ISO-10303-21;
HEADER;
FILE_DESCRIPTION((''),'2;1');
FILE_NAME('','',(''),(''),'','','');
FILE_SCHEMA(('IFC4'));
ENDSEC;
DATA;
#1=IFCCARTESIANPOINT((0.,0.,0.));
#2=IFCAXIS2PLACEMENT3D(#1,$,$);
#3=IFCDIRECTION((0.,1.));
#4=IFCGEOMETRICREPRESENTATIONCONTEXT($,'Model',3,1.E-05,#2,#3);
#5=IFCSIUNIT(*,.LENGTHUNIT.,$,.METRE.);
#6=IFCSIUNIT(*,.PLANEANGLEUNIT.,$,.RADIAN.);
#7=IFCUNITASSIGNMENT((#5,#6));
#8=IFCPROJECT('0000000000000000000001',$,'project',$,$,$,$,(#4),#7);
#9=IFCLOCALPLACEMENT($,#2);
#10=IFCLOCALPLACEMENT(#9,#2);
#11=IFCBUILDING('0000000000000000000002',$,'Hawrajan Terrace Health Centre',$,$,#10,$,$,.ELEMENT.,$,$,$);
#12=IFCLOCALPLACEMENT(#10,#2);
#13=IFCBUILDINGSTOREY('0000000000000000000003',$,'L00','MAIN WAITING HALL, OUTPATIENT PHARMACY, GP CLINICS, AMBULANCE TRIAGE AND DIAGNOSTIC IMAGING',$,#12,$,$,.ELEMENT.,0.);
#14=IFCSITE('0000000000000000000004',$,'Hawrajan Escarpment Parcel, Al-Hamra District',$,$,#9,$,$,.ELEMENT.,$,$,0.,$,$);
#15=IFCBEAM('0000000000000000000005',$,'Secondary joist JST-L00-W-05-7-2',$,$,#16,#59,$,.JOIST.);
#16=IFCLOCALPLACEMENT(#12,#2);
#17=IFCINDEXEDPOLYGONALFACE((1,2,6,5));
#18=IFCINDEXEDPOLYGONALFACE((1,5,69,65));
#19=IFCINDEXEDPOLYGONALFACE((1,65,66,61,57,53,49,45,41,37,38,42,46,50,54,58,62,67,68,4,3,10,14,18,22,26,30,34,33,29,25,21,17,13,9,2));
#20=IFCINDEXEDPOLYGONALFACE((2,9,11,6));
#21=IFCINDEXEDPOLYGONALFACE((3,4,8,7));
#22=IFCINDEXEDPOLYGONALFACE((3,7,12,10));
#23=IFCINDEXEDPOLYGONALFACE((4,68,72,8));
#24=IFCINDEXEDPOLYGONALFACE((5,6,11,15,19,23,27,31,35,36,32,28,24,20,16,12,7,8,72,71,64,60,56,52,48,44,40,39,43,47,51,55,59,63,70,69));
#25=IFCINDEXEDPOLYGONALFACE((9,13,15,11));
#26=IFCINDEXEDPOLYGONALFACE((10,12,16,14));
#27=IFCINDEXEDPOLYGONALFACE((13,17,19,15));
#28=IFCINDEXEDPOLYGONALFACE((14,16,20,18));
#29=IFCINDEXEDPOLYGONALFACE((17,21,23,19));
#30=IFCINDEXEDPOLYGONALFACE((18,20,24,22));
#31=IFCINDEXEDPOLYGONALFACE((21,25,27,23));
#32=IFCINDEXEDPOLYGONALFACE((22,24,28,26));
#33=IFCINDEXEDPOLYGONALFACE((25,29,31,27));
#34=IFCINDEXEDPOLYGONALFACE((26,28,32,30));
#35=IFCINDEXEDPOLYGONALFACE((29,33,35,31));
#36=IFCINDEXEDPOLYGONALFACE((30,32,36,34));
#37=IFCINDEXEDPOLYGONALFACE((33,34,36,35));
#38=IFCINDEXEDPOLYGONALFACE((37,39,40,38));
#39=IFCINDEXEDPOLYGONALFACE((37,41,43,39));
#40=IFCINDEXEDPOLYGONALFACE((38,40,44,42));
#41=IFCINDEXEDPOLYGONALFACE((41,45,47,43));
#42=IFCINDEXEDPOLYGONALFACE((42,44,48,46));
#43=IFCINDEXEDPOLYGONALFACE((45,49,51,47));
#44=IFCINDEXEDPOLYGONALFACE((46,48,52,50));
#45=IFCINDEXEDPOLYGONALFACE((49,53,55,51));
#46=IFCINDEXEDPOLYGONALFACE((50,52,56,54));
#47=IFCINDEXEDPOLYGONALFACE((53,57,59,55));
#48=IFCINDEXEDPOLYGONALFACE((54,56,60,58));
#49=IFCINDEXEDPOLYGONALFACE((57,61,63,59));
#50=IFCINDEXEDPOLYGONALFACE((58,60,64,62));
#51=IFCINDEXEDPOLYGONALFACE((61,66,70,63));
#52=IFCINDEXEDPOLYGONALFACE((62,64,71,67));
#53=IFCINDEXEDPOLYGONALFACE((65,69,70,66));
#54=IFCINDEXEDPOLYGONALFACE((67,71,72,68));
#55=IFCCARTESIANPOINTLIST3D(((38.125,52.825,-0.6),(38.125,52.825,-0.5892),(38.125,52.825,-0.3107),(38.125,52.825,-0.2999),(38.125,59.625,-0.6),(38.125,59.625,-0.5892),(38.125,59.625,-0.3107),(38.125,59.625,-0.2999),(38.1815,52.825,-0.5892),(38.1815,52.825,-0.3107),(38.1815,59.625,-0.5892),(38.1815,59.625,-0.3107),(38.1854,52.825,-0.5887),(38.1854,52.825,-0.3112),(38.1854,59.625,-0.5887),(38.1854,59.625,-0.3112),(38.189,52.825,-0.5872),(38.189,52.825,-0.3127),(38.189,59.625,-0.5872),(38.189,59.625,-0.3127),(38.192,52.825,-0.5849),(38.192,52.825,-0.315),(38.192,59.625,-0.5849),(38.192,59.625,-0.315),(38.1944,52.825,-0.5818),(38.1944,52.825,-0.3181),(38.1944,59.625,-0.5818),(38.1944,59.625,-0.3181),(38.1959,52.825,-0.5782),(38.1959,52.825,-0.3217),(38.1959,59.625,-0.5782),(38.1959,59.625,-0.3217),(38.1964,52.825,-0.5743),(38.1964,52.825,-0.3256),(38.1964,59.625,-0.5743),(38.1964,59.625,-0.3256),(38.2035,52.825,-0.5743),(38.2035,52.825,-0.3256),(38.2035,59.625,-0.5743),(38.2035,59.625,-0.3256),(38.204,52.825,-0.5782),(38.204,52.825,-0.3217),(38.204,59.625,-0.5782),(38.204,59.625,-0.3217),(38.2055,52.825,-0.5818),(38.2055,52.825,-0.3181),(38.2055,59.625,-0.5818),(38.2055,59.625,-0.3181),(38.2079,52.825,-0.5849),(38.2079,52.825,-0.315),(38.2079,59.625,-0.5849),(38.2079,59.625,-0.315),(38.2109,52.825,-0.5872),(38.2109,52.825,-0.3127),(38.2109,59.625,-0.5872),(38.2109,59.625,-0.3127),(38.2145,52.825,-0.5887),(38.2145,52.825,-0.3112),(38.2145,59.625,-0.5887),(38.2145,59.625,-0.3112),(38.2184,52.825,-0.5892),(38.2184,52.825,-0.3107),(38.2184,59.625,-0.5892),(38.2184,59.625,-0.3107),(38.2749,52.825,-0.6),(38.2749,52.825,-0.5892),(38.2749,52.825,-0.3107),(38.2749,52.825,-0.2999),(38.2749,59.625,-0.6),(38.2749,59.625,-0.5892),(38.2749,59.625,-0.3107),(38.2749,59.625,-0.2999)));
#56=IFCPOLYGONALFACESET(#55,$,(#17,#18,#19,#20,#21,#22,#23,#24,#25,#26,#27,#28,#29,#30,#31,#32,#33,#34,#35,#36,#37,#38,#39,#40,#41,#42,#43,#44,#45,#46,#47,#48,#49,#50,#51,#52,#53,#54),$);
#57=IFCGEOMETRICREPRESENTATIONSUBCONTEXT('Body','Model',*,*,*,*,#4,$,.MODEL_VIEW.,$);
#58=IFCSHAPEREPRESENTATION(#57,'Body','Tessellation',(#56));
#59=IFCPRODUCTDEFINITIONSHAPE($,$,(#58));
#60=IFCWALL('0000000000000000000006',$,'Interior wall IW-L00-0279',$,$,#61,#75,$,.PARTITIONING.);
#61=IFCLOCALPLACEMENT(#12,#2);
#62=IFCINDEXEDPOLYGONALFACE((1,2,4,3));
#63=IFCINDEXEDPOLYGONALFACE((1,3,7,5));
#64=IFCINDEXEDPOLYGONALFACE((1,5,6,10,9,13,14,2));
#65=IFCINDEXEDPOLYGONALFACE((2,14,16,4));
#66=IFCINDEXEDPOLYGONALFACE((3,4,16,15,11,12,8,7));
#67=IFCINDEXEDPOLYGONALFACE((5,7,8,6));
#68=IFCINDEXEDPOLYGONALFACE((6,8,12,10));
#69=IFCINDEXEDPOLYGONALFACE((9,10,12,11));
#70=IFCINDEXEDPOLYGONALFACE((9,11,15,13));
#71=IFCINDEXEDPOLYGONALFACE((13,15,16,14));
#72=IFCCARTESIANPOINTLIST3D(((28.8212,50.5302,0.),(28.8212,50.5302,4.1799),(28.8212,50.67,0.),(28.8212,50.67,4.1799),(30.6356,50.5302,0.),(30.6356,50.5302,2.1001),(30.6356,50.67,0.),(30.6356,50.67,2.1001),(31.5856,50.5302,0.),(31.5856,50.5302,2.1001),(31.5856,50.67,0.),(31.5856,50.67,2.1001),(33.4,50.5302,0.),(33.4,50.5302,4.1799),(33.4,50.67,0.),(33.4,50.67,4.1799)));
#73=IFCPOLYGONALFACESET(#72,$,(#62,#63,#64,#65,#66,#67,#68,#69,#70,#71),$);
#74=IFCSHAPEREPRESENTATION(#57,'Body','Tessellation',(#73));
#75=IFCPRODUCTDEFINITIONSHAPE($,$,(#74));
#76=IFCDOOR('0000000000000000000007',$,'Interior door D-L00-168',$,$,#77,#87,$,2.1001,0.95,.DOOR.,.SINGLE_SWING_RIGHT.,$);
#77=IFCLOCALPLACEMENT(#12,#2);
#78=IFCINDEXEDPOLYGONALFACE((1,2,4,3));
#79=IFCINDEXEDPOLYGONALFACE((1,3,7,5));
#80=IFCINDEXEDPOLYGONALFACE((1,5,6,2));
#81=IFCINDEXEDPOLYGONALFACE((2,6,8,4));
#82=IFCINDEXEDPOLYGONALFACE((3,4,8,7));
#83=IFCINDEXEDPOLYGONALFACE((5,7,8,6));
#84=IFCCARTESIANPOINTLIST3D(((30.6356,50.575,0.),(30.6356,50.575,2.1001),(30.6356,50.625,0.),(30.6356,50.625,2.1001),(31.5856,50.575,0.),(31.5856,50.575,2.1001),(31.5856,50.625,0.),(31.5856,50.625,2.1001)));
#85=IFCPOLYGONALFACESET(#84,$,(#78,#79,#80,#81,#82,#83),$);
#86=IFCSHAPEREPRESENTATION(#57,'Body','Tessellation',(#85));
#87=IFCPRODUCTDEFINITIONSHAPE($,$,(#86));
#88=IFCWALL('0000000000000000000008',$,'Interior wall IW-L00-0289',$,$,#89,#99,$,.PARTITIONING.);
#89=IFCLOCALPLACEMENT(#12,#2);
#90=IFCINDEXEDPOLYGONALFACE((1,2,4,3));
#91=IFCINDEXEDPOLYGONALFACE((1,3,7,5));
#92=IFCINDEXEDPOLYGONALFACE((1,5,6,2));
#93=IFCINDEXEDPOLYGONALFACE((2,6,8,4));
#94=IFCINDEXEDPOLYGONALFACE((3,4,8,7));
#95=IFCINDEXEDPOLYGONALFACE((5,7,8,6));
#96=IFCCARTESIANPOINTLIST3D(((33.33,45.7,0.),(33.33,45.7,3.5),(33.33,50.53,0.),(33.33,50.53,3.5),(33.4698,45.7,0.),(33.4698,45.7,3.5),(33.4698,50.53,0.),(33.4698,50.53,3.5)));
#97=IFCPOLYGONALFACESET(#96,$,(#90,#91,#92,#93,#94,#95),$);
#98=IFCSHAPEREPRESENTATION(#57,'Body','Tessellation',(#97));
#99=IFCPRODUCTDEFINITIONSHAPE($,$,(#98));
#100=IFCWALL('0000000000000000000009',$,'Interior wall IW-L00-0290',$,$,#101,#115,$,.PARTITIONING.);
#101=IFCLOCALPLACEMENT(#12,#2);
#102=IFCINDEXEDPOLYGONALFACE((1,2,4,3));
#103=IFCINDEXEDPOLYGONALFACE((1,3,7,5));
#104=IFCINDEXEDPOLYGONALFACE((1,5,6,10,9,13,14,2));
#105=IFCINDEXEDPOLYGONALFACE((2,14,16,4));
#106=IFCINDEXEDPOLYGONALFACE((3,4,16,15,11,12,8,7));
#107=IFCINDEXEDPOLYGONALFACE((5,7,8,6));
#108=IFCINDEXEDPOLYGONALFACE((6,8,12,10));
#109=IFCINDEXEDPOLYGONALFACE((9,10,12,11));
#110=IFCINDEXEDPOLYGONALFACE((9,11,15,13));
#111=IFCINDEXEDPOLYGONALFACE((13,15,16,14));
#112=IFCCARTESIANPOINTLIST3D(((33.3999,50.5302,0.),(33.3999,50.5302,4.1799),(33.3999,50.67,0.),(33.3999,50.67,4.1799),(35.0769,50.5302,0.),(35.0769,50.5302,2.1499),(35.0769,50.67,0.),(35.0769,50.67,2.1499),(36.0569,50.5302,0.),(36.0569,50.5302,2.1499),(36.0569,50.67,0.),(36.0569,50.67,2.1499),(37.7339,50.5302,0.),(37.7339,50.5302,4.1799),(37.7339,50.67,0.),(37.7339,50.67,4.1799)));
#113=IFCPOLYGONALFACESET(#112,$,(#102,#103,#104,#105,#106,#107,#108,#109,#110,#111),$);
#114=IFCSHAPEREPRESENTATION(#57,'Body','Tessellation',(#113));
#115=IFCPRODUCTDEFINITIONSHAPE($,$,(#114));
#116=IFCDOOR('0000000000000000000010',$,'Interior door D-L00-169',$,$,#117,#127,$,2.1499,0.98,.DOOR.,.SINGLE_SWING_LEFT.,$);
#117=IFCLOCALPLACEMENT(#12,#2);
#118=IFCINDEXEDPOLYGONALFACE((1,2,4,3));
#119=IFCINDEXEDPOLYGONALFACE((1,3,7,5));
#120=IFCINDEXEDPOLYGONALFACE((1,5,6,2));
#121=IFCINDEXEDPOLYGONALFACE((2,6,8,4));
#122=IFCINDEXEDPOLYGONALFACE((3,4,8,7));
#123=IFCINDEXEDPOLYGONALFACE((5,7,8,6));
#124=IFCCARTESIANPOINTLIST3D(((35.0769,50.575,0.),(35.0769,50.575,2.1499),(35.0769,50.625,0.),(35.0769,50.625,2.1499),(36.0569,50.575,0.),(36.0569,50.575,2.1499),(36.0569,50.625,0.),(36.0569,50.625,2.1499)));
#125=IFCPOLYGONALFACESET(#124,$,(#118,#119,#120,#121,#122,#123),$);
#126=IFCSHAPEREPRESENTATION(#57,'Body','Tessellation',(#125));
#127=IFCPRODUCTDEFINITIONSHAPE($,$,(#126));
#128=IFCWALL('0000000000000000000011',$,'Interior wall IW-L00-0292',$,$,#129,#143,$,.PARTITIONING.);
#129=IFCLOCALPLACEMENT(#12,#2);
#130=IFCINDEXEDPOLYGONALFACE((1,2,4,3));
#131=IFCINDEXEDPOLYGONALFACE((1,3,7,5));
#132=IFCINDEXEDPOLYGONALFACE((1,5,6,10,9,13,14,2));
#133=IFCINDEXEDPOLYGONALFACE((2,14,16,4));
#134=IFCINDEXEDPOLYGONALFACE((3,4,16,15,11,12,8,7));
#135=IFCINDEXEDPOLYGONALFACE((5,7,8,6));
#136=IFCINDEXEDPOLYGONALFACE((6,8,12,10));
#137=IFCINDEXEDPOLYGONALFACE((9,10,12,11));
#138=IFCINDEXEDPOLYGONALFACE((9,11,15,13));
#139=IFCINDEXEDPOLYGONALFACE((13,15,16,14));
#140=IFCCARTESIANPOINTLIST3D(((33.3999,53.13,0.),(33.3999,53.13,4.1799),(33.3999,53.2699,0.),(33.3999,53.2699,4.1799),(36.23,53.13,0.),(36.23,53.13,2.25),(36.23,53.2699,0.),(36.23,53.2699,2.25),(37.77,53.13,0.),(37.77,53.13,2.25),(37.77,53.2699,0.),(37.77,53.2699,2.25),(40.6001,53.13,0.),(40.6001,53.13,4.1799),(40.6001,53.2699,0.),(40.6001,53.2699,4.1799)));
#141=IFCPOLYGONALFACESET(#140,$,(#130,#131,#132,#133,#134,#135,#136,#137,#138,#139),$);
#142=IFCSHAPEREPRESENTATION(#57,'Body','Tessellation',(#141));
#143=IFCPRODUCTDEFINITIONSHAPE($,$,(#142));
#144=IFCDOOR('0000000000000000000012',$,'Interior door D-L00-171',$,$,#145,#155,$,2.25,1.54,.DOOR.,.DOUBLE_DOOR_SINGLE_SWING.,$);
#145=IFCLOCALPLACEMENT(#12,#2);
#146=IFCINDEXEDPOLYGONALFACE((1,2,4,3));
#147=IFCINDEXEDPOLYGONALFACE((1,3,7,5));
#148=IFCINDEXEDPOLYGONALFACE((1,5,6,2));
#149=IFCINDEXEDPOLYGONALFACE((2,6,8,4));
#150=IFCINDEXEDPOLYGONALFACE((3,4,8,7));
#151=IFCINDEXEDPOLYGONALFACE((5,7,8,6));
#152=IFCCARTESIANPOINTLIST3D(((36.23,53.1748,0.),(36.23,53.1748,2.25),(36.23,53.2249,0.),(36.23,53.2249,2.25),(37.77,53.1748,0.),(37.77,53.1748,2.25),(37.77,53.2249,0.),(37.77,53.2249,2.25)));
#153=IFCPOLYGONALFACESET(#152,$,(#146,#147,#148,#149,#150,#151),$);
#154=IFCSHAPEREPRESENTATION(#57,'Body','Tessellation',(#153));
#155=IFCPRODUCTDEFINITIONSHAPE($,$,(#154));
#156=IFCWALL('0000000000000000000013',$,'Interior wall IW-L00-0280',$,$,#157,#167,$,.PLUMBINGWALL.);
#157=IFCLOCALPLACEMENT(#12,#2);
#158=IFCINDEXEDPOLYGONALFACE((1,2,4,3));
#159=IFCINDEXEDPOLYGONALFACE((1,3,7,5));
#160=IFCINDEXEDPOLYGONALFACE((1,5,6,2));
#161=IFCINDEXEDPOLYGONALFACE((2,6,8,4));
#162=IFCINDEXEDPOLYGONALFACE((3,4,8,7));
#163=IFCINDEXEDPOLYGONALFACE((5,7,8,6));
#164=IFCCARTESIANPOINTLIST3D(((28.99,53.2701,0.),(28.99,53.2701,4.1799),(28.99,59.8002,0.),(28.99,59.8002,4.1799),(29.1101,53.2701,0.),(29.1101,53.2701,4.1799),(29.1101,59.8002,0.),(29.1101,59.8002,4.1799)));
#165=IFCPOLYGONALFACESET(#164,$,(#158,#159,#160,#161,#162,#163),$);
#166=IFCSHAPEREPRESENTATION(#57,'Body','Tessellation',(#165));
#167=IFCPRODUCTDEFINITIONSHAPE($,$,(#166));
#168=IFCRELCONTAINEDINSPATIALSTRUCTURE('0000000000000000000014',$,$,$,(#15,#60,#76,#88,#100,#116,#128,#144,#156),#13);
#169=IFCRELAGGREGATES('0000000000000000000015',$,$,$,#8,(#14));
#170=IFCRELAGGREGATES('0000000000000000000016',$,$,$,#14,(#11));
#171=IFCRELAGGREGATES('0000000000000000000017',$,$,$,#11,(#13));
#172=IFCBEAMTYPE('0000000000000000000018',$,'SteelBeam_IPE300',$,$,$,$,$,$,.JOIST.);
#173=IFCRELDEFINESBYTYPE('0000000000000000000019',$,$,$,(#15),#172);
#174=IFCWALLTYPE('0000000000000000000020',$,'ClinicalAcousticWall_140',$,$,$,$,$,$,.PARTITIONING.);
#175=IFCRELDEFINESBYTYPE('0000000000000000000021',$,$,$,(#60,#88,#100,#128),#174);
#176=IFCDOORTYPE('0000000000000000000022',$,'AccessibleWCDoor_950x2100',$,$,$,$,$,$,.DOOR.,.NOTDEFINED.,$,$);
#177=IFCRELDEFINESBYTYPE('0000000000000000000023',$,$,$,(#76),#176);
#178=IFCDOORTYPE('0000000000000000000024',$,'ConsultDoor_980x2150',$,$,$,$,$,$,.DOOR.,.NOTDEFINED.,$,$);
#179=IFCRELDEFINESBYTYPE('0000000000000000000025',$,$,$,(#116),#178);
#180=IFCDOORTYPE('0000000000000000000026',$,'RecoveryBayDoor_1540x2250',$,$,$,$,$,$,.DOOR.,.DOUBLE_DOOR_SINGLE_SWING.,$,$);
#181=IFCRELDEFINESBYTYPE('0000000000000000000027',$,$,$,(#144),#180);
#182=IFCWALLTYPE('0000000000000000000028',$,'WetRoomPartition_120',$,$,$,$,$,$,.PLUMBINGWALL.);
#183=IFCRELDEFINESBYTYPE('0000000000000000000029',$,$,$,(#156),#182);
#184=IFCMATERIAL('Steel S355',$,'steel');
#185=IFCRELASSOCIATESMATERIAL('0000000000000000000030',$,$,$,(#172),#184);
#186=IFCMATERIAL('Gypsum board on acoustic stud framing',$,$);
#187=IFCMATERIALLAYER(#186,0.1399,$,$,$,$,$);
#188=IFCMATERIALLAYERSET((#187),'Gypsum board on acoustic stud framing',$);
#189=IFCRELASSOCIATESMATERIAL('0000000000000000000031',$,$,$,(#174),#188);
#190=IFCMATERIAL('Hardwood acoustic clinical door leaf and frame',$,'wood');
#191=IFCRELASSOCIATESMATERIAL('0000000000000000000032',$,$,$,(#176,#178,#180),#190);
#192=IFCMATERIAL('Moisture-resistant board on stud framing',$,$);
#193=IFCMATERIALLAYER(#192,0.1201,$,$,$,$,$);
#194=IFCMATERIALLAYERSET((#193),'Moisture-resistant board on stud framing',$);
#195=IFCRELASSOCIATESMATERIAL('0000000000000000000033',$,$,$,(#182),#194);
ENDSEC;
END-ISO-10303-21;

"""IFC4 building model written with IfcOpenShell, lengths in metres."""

from ifc_helpers import new_model, si_unit, direction, frame, frame_2d, origin, origin_2d, place, context, subcontext, project, spatial, rectangle, i_section, extrude, material, layer, layer_set, material_profile, profile_set, type_object, element, fill, save


model = new_model("IFC4")

# Units and contexts
model_context = context("Model", 3, precision=1e-05, world=origin(), true_north=direction((0.0, 1.0)))
body_context = subcontext(model_context, "Body", "Model", "MODEL_VIEW")
ifc_project = project(units=[si_unit("LENGTHUNIT", "METRE"), si_unit("PLANEANGLEUNIT", "RADIAN")], contexts=[model_context])

# Site, building, storey
site_placement = place(None, origin())
site = spatial("IfcSite", under=ifc_project, at=site_placement, Name="Hawrajan Escarpment Parcel, Al-Hamra District", CompositionType="ELEMENT", RefElevation=0.0)
building_placement = place(site_placement, origin())
building = spatial("IfcBuilding", under=site, at=building_placement, Name="Hawrajan Terrace Health Centre", CompositionType="ELEMENT")
storey_placement = place(building_placement, origin())
storey = spatial("IfcBuildingStorey", under=building, at=storey_placement, Name="L00", Description="MAIN WAITING HALL, OUTPATIENT PHARMACY, GP CLINICS, AMBULANCE TRIAGE AND DIAGNOSTIC IMAGING", CompositionType="ELEMENT", Elevation=0.0)

# Beam
ifc_material_1 = material(Name="Steel S355", Category="steel")
ifc_material_profile_1 = material_profile(ifc_material_1, i_section(OverallWidth=0.1499, OverallDepth=0.3, WebThickness=0.0071, FlangeThickness=0.0107, FilletRadius=0.0149, at=origin_2d()), Name="IPE 300")
ifc_profile_set_1 = profile_set([ifc_material_profile_1], Name="Steel S355")
beam_type_1 = type_object("IfcBeamType", Name="SteelBeam_IPE300", PredefinedType="JOIST", material=ifc_profile_set_1)
for number, where, z_axis, x_axis, name in (
    (1, (38.2, 52.825, -0.45), (0.0, 1.0, 0.0), (-1.0, 0.0, 0.0), "Secondary joist JST-L00-W-05-7-2"),
):
    element("IfcBeam", number, at=place(storey_placement, frame(where, z_axis=z_axis, x_axis=x_axis)), inside=storey, type_object=beam_type_1, Name=name, PredefinedType="JOIST", context=body_context, shape_type="SweptSolid", body=[
        extrude(i_section(OverallWidth=0.1499, OverallDepth=0.3, WebThickness=0.0071, FlangeThickness=0.0107, FilletRadius=0.0149, at=origin_2d()), origin(), (0.0, 0.0, 1.0), 6.8),
    ])

# Wall, opening, door
ifc_material_2 = material(Name="Gypsum board on acoustic stud framing")
ifc_layer_1 = layer(ifc_material_2, 0.1399)
ifc_layer_set_1 = layer_set([ifc_layer_1], Name="Gypsum board on acoustic stud framing")
wall_type_1 = type_object("IfcWallType", Name="ClinicalAcousticWall_140", PredefinedType="PARTITIONING", material=ifc_layer_set_1)
wall_1_placement = place(storey_placement, frame((28.821, 50.6001, 0.0), z_axis=(0.0, 0.0, 1.0), x_axis=(1.0, 0.0, 0.0)))
wall_1 = element("IfcWall", 2, at=wall_1_placement, inside=storey, type_object=wall_type_1, Name="Interior wall IW-L00-0279", PredefinedType="PARTITIONING", context=body_context, shape_type="SweptSolid", body=[
    extrude(rectangle(XDim=4.5789, YDim=0.1399, at=frame_2d((2.2896, 0.0))), origin(), (0.0, 0.0, 1.0), 4.1799),
])
opening_1_placement = place(wall_1_placement, frame((1.8145, 0.0, 0.0)))
opening_1 = element("IfcOpeningElement", 3, at=opening_1_placement, cuts=wall_1, PredefinedType="OPENING", context=body_context, shape_type="SweptSolid", body=[
    extrude(rectangle(XDim=0.95, YDim=2.1001, at=frame_2d((0.4751, 1.05))), frame((0.0, 0.0798, 0.0), z_axis=(0.0, -1.0, 0.0), x_axis=(1.0, 0.0, 0.0)), (0.0, 0.0, 1.0), 0.1599),
])
ifc_material_3 = material(Name="Hardwood acoustic clinical door leaf and frame", Category="wood")
door_type_1 = type_object("IfcDoorType", Name="AccessibleWCDoor_950x2100", OperationType="NOTDEFINED", PredefinedType="DOOR", material=ifc_material_3)
door_1_placement = place(opening_1_placement, origin())
door_1 = element("IfcDoor", 4, at=door_1_placement, inside=storey, type_object=door_type_1, Name="Interior door D-L00-168", OperationType="SINGLE_SWING_RIGHT", OverallHeight=2.1001, OverallWidth=0.95, PredefinedType="DOOR", context=body_context, shape_type="SweptSolid", body=[
    extrude(rectangle(XDim=0.95, YDim=2.1001, at=frame_2d((0.4751, 1.05))), frame((0.0, 0.0249, 0.0), z_axis=(0.0, -1.0, 0.0), x_axis=(1.0, 0.0, 0.0)), (0.0, 0.0, 1.0), 0.05),
])
fill(opening_1, door_1)

# Wall
wall_2_placement = place(storey_placement, frame((33.3999, 45.7, 0.0), z_axis=(0.0, 0.0, 1.0), x_axis=(0.0, 1.0, 0.0)))
element("IfcWall", 5, at=wall_2_placement, inside=storey, type_object=wall_type_1, Name="Interior wall IW-L00-0289", PredefinedType="PARTITIONING", context=body_context, shape_type="SweptSolid", body=[
    extrude(rectangle(XDim=4.8301, YDim=0.1399, at=frame_2d((2.415, 0.0))), origin(), (0.0, 0.0, 1.0), 3.5),
])

# Walls, openings, doors
wall_3_placement = place(storey_placement, frame((33.3999, 50.6001, 0.0), z_axis=(0.0, 0.0, 1.0), x_axis=(1.0, 0.0, 0.0)))
wall_3 = element("IfcWall", 6, at=wall_3_placement, inside=storey, type_object=wall_type_1, Name="Interior wall IW-L00-0290", PredefinedType="PARTITIONING", context=body_context, shape_type="SweptSolid", body=[
    extrude(rectangle(XDim=4.334, YDim=0.1399, at=frame_2d((2.167, 0.0))), origin(), (0.0, 0.0, 1.0), 4.1799),
])
opening_2_placement = place(wall_3_placement, frame((1.677, 0.0, 0.0)))
opening_2 = element("IfcOpeningElement", 7, at=opening_2_placement, cuts=wall_3, PredefinedType="OPENING", context=body_context, shape_type="SweptSolid", body=[
    extrude(rectangle(XDim=0.98, YDim=2.1499, at=frame_2d((0.49, 1.075))), frame((0.0, 0.0798, 0.0), z_axis=(0.0, -1.0, 0.0), x_axis=(1.0, 0.0, 0.0)), (0.0, 0.0, 1.0), 0.1599),
])
door_type_2 = type_object("IfcDoorType", Name="ConsultDoor_980x2150", OperationType="NOTDEFINED", PredefinedType="DOOR", material=ifc_material_3)
door_2_placement = place(opening_2_placement, origin())
door_2 = element("IfcDoor", 8, at=door_2_placement, inside=storey, type_object=door_type_2, Name="Interior door D-L00-169", OperationType="SINGLE_SWING_LEFT", OverallHeight=2.1499, OverallWidth=0.98, PredefinedType="DOOR", context=body_context, shape_type="SweptSolid", body=[
    extrude(rectangle(XDim=0.98, YDim=2.1499, at=frame_2d((0.49, 1.075))), frame((0.0, 0.0249, 0.0), z_axis=(0.0, -1.0, 0.0), x_axis=(1.0, 0.0, 0.0)), (0.0, 0.0, 1.0), 0.05),
])
fill(opening_2, door_2)
wall_4_placement = place(storey_placement, frame((33.3999, 53.2, 0.0), z_axis=(0.0, 0.0, 1.0), x_axis=(1.0, 0.0, 0.0)))
wall_4 = element("IfcWall", 9, at=wall_4_placement, inside=storey, type_object=wall_type_1, Name="Interior wall IW-L00-0292", PredefinedType="PARTITIONING", context=body_context, shape_type="SweptSolid", body=[
    extrude(rectangle(XDim=7.2002, YDim=0.1399, at=frame_2d((3.6001, 0.0))), origin(), (0.0, 0.0, 1.0), 4.1799),
])
opening_3_placement = place(wall_4_placement, frame((2.8301, 0.0, 0.0)))
opening_3 = element("IfcOpeningElement", 10, at=opening_3_placement, cuts=wall_4, PredefinedType="OPENING", context=body_context, shape_type="SweptSolid", body=[
    extrude(rectangle(XDim=1.54, YDim=2.25, at=frame_2d((0.77, 1.125))), frame((0.0, 0.0798, 0.0), z_axis=(0.0, -1.0, 0.0), x_axis=(1.0, 0.0, 0.0)), (0.0, 0.0, 1.0), 0.1599),
])
door_type_3 = type_object("IfcDoorType", Name="RecoveryBayDoor_1540x2250", OperationType="DOUBLE_DOOR_SINGLE_SWING", PredefinedType="DOOR", material=ifc_material_3)
door_3_placement = place(opening_3_placement, origin())
door_3 = element("IfcDoor", 11, at=door_3_placement, inside=storey, type_object=door_type_3, Name="Interior door D-L00-171", OperationType="DOUBLE_DOOR_SINGLE_SWING", OverallHeight=2.25, OverallWidth=1.54, PredefinedType="DOOR", context=body_context, shape_type="SweptSolid", body=[
    extrude(rectangle(XDim=1.54, YDim=2.25, at=frame_2d((0.77, 1.125))), frame((0.0, 0.0249, 0.0), z_axis=(0.0, -1.0, 0.0), x_axis=(1.0, 0.0, 0.0)), (0.0, 0.0, 1.0), 0.05),
])
fill(opening_3, door_3)

# Wall
ifc_material_4 = material(Name="Moisture-resistant board on stud framing")
ifc_layer_2 = layer(ifc_material_4, 0.1201)
ifc_layer_set_2 = layer_set([ifc_layer_2], Name="Moisture-resistant board on stud framing")
wall_type_2 = type_object("IfcWallType", Name="WetRoomPartition_120", PredefinedType="PLUMBINGWALL", material=ifc_layer_set_2)
wall_5_placement = place(storey_placement, frame((29.05, 53.27, 0.0), z_axis=(0.0, 0.0, 1.0), x_axis=(0.0, 1.0, 0.0)))
element("IfcWall", 12, at=wall_5_placement, inside=storey, type_object=wall_type_2, Name="Interior wall IW-L00-0280", PredefinedType="PLUMBINGWALL", context=body_context, shape_type="SweptSolid", body=[
    extrude(rectangle(XDim=6.53, YDim=0.1201, at=frame_2d((3.2651, 0.0))), origin(), (0.0, 0.0, 1.0), 4.1799),
])

save(model, "model.ifc")
